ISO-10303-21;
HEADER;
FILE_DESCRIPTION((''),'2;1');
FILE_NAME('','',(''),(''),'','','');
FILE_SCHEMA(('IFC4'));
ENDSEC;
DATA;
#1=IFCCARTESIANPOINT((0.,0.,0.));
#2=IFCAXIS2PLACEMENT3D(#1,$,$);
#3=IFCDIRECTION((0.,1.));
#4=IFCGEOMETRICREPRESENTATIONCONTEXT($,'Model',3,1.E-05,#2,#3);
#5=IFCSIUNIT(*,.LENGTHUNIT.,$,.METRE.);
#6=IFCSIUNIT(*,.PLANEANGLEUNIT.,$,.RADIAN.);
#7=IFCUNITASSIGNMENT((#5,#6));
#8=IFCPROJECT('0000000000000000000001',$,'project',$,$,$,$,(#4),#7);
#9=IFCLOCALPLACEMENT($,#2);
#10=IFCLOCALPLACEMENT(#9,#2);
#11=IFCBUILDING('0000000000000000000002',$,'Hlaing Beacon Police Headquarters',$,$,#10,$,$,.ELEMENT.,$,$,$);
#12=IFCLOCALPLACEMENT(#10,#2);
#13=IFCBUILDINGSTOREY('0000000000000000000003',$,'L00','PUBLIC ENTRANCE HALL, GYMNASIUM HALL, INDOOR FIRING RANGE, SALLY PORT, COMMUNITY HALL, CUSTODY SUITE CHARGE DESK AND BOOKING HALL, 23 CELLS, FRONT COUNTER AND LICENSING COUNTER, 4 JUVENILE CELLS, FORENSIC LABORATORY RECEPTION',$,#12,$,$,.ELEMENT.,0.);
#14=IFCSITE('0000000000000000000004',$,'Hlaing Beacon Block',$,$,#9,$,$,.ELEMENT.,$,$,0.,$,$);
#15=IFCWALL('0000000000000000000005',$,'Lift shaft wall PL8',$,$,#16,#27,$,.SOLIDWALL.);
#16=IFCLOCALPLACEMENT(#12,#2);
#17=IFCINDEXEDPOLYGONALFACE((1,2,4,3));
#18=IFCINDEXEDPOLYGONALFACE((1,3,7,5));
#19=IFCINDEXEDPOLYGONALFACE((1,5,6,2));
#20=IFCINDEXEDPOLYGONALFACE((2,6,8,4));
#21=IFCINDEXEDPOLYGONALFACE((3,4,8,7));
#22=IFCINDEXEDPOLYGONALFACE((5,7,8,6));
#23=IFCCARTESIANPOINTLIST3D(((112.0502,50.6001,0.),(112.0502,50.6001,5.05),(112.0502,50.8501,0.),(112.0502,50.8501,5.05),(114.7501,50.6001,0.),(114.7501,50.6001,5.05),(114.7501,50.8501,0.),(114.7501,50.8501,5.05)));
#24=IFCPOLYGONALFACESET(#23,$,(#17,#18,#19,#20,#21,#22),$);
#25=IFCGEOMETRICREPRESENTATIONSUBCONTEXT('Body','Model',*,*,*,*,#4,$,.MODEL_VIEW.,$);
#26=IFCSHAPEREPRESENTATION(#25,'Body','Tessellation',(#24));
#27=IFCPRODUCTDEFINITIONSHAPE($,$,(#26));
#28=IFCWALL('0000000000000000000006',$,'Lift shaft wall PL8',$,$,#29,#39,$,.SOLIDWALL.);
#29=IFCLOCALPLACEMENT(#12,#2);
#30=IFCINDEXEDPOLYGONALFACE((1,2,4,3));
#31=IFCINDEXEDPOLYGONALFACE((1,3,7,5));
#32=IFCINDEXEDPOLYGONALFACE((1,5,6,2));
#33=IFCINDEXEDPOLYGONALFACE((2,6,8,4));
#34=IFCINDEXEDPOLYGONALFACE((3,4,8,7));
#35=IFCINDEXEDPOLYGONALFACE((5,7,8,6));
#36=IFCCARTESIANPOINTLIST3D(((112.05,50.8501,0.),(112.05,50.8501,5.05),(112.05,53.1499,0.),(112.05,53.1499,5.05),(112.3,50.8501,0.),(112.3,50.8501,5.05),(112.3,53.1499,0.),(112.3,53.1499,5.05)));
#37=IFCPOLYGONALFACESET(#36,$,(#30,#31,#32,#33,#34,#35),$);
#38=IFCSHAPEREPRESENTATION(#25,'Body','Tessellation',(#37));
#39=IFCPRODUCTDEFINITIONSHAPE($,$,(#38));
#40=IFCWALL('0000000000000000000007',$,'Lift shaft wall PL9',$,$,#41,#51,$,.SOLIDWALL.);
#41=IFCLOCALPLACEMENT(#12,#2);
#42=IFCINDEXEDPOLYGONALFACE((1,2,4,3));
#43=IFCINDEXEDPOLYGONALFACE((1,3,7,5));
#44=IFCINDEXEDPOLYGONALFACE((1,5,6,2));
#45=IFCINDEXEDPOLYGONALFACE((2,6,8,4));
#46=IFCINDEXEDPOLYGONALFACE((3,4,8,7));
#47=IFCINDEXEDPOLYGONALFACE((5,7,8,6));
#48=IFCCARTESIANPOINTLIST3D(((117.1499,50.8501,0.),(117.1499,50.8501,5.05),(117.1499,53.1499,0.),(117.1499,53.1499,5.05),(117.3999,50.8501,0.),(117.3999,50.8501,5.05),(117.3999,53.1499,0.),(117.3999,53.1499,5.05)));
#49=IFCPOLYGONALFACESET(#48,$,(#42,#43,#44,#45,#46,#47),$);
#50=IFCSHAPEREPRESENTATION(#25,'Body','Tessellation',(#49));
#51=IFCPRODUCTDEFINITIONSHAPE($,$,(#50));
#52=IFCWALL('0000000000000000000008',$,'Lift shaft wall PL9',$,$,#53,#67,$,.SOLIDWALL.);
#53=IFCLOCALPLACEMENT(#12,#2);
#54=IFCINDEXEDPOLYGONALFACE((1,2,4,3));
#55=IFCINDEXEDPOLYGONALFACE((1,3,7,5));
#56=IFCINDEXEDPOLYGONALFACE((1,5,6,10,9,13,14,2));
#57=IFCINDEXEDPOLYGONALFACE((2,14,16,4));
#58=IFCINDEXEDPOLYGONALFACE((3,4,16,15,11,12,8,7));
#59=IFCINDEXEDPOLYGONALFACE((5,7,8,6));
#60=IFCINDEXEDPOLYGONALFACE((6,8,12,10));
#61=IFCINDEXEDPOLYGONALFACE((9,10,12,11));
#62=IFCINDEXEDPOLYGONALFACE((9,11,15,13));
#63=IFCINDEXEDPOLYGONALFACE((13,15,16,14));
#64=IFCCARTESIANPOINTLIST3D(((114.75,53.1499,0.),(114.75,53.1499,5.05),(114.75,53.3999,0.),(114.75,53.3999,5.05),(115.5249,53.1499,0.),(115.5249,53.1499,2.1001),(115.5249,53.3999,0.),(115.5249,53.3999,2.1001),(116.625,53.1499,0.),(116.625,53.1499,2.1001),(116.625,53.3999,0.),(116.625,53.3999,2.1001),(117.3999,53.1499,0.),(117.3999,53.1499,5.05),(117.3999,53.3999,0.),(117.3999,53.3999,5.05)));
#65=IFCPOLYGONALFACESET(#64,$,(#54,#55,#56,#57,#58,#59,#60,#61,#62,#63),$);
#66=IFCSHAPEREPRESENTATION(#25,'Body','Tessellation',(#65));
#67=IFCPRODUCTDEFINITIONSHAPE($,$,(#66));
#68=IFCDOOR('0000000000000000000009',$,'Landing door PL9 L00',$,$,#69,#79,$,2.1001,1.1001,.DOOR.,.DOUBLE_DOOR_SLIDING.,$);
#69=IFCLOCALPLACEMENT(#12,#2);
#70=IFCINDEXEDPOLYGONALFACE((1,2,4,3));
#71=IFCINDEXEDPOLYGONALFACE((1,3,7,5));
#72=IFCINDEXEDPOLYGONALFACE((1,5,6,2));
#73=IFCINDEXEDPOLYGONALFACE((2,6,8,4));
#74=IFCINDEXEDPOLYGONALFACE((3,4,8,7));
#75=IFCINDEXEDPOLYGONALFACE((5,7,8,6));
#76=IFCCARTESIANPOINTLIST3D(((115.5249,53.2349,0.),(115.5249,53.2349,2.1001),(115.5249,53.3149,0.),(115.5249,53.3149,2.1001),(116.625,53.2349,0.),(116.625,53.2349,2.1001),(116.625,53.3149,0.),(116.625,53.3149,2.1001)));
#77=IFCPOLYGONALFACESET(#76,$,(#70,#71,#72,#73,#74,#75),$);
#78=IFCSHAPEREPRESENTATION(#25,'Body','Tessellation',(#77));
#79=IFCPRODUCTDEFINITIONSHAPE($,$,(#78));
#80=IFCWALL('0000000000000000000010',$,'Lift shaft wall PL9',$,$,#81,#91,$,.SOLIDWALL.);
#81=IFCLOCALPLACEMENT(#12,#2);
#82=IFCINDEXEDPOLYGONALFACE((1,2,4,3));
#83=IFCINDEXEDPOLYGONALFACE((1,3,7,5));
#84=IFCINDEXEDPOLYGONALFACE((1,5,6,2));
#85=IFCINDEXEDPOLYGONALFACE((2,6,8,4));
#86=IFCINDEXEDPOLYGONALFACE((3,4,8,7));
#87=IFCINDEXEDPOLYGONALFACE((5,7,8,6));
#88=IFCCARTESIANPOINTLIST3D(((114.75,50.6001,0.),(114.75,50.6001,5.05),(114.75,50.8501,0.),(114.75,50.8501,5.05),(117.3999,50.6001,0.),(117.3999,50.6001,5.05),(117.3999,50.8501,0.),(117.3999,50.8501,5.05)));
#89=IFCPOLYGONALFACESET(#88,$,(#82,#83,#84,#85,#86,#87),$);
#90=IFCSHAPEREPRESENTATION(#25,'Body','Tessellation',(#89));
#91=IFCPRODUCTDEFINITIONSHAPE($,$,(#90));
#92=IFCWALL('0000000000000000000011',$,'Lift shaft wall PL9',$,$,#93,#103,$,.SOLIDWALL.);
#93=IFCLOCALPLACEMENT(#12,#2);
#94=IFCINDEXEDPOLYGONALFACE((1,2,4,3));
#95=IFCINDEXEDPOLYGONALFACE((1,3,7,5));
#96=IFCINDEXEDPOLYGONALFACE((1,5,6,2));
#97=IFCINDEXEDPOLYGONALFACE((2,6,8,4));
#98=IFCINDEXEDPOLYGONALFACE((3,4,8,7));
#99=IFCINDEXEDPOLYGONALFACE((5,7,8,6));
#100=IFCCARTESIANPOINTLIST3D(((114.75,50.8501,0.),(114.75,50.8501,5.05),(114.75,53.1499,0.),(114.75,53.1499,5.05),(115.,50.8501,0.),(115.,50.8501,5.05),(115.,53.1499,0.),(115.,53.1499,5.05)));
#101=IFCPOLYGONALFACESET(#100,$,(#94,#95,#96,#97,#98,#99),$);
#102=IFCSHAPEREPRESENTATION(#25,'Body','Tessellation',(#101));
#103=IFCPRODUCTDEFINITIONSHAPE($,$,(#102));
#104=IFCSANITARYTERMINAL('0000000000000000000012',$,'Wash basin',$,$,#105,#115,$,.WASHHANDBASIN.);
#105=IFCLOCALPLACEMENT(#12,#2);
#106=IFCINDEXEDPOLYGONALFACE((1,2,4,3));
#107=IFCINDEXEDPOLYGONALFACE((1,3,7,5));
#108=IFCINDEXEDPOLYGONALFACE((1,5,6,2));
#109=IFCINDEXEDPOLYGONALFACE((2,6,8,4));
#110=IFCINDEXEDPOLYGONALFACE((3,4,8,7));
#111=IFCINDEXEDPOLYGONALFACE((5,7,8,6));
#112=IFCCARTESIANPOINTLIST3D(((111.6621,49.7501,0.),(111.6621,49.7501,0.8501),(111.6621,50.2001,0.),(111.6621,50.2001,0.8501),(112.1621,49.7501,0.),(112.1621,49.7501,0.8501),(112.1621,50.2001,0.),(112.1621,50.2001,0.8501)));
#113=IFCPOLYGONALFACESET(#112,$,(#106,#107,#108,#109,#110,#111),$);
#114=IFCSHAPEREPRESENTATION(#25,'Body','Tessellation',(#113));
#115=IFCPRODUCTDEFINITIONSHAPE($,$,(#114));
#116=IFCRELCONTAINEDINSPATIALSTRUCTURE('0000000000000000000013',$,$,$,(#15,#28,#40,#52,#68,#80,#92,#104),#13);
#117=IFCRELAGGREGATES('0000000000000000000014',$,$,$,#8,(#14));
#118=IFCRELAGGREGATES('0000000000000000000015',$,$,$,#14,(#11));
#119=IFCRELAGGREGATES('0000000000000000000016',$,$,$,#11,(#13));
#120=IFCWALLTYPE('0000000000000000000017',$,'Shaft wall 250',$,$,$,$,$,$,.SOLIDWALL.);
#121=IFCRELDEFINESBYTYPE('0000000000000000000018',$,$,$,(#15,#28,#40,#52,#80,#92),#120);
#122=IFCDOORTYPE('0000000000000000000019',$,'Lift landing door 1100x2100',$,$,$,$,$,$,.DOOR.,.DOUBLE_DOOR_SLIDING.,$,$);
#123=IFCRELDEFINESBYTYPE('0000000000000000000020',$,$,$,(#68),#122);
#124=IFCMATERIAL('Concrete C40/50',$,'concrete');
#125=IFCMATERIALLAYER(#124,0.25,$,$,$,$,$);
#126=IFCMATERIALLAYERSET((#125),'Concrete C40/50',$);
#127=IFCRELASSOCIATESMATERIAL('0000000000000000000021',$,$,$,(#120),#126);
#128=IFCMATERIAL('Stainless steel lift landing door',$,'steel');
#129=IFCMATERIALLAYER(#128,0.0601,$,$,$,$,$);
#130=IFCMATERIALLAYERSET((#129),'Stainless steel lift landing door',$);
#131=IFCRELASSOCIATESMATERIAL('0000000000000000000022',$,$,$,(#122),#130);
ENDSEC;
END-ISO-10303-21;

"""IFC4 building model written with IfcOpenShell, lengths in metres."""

from ifc_helpers import new_model, si_unit, direction, frame, frame_2d, origin, origin_2d, place, context, subcontext, project, spatial, rectangle, extrude, material, layer, layer_set, type_object, element, fill, save


model = new_model("IFC4")

# Units and contexts
model_context = context("Model", 3, precision=1e-05, world=origin(), true_north=direction((0.0, 1.0)))
body_context = subcontext(model_context, "Body", "Model", "MODEL_VIEW")
ifc_project = project(units=[si_unit("LENGTHUNIT", "METRE"), si_unit("PLANEANGLEUNIT", "RADIAN")], contexts=[model_context])

# Site, building, storey
site_placement = place(None, origin())
site = spatial("IfcSite", under=ifc_project, at=site_placement, Name="Hlaing Beacon Block", CompositionType="ELEMENT", RefElevation=0.0)
building_placement = place(site_placement, origin())
building = spatial("IfcBuilding", under=site, at=building_placement, Name="Hlaing Beacon Police Headquarters", CompositionType="ELEMENT")
storey_placement = place(building_placement, origin())
storey = spatial("IfcBuildingStorey", under=building, at=storey_placement, Name="L00", Description="PUBLIC ENTRANCE HALL, GYMNASIUM HALL, INDOOR FIRING RANGE, SALLY PORT, COMMUNITY HALL, CUSTODY SUITE CHARGE DESK AND BOOKING HALL, 23 CELLS, FRONT COUNTER AND LICENSING COUNTER, 4 JUVENILE CELLS, FORENSIC LABORATORY RECEPTION", CompositionType="ELEMENT", Elevation=0.0)

# Shared definitions
ifc_material_1 = material(Name="Concrete C40/50", Category="concrete")
ifc_layer_1 = layer(ifc_material_1, 0.25)
ifc_layer_set_1 = layer_set([ifc_layer_1], Name="Concrete C40/50")
wall_type_1 = type_object("IfcWallType", Name="Shaft wall 250", PredefinedType="SOLIDWALL", material=ifc_layer_set_1)

# Shared definitions
ifc_material_2 = material(Name="Stainless steel lift landing door", Category="steel")
ifc_layer_2 = layer(ifc_material_2, 0.0601)
ifc_layer_set_2 = layer_set([ifc_layer_2], Name="Stainless steel lift landing door")
door_type_1 = type_object("IfcDoorType", Name="Lift landing door 1100x2100", OperationType="DOUBLE_DOOR_SLIDING", PredefinedType="DOOR", material=ifc_layer_set_2)

# Walls
wall_1_placement = place(storey_placement, frame((112.05, 50.7251, 0.0), z_axis=(0.0, 0.0, 1.0), x_axis=(1.0, 0.0, 0.0)))
element("IfcWall", 1, at=wall_1_placement, inside=storey, type_object=wall_type_1, Name="Lift shaft wall PL8", PredefinedType="SOLIDWALL", context=body_context, shape_type="SweptSolid", body=[
    extrude(rectangle(XDim=2.7, YDim=0.25, at=frame_2d((1.3501, 0.0))), origin(), (0.0, 0.0, 1.0), 5.05),
])
for number, where, z_axis, x_axis, name in (
    (2, (112.175, 50.8501, 0.0), (0.0, 0.0, 1.0), (0.0, 1.0, 0.0), "Lift shaft wall PL8"),
    (3, (117.2749, 50.8501, 0.0), (0.0, 0.0, 1.0), (0.0, 1.0, 0.0), "Lift shaft wall PL9"),
):
    element("IfcWall", number, at=place(storey_placement, frame(where, z_axis=z_axis, x_axis=x_axis)), inside=storey, type_object=wall_type_1, Name=name, PredefinedType="SOLIDWALL", context=body_context, shape_type="SweptSolid", body=[
        extrude(rectangle(XDim=2.2998, YDim=0.25, at=frame_2d((1.1499, 0.0))), origin(), (0.0, 0.0, 1.0), 5.05),
    ])

# Wall, opening, door
wall_2_placement = place(storey_placement, frame((114.75, 53.2749, 0.0), z_axis=(0.0, 0.0, 1.0), x_axis=(1.0, 0.0, 0.0)))
wall_2 = element("IfcWall", 4, at=wall_2_placement, inside=storey, type_object=wall_type_1, Name="Lift shaft wall PL9", PredefinedType="SOLIDWALL", context=body_context, shape_type="SweptSolid", body=[
    extrude(rectangle(XDim=2.6499, YDim=0.25, at=frame_2d((1.325, 0.0))), origin(), (0.0, 0.0, 1.0), 5.05),
])
opening_1_placement = place(wall_2_placement, frame((0.7749, 0.0, 0.0)))
opening_1 = element("IfcOpeningElement", 5, at=opening_1_placement, cuts=wall_2, PredefinedType="OPENING", context=body_context, shape_type="SweptSolid", body=[
    extrude(rectangle(XDim=1.1001, YDim=2.1001, at=frame_2d((0.55, 1.05))), frame((0.0, 0.135, 0.0), z_axis=(0.0, -1.0, 0.0), x_axis=(1.0, 0.0, 0.0)), (0.0, 0.0, 1.0), 0.27),
])
door_1_placement = place(opening_1_placement, origin())
door_1 = element("IfcDoor", 6, at=door_1_placement, inside=storey, type_object=door_type_1, Name="Landing door PL9 L00", OperationType="DOUBLE_DOOR_SLIDING", OverallHeight=2.1001, OverallWidth=1.1001, PredefinedType="DOOR", context=body_context, shape_type="SweptSolid", body=[
    extrude(rectangle(XDim=1.1001, YDim=2.1001, at=frame_2d((0.55, 1.05))), frame((0.0, 0.04, 0.0), z_axis=(0.0, -1.0, 0.0), x_axis=(1.0, 0.0, 0.0)), (0.0, 0.0, 1.0), 0.0801),
])
fill(opening_1, door_1)

# Walls
wall_3_placement = place(storey_placement, frame((114.75, 50.7251, 0.0), z_axis=(0.0, 0.0, 1.0), x_axis=(1.0, 0.0, 0.0)))
element("IfcWall", 7, at=wall_3_placement, inside=storey, type_object=wall_type_1, Name="Lift shaft wall PL9", PredefinedType="SOLIDWALL", context=body_context, shape_type="SweptSolid", body=[
    extrude(rectangle(XDim=2.6499, YDim=0.25, at=frame_2d((1.325, 0.0))), origin(), (0.0, 0.0, 1.0), 5.05),
])
wall_4_placement = place(storey_placement, frame((114.875, 50.8501, 0.0), z_axis=(0.0, 0.0, 1.0), x_axis=(0.0, 1.0, 0.0)))
element("IfcWall", 8, at=wall_4_placement, inside=storey, type_object=wall_type_1, Name="Lift shaft wall PL9", PredefinedType="SOLIDWALL", context=body_context, shape_type="SweptSolid", body=[
    extrude(rectangle(XDim=2.2998, YDim=0.25, at=frame_2d((1.1499, 0.0))), origin(), (0.0, 0.0, 1.0), 5.05),
])

# Sanitary terminal
sanitary_terminal_placement = place(storey_placement, frame((111.9121, 49.9751, 0.0), z_axis=(0.0, 0.0, 1.0), x_axis=(1.0, 0.0, 0.0)))
element("IfcSanitaryTerminal", 9, at=sanitary_terminal_placement, inside=storey, Name="Wash basin", PredefinedType="WASHHANDBASIN", context=body_context, shape_type="SweptSolid", body=[
    extrude(rectangle(XDim=0.5, YDim=0.45, at=origin_2d()), origin(), (0.0, 0.0, 1.0), 0.8501),
])

save(model, "model.ifc")
